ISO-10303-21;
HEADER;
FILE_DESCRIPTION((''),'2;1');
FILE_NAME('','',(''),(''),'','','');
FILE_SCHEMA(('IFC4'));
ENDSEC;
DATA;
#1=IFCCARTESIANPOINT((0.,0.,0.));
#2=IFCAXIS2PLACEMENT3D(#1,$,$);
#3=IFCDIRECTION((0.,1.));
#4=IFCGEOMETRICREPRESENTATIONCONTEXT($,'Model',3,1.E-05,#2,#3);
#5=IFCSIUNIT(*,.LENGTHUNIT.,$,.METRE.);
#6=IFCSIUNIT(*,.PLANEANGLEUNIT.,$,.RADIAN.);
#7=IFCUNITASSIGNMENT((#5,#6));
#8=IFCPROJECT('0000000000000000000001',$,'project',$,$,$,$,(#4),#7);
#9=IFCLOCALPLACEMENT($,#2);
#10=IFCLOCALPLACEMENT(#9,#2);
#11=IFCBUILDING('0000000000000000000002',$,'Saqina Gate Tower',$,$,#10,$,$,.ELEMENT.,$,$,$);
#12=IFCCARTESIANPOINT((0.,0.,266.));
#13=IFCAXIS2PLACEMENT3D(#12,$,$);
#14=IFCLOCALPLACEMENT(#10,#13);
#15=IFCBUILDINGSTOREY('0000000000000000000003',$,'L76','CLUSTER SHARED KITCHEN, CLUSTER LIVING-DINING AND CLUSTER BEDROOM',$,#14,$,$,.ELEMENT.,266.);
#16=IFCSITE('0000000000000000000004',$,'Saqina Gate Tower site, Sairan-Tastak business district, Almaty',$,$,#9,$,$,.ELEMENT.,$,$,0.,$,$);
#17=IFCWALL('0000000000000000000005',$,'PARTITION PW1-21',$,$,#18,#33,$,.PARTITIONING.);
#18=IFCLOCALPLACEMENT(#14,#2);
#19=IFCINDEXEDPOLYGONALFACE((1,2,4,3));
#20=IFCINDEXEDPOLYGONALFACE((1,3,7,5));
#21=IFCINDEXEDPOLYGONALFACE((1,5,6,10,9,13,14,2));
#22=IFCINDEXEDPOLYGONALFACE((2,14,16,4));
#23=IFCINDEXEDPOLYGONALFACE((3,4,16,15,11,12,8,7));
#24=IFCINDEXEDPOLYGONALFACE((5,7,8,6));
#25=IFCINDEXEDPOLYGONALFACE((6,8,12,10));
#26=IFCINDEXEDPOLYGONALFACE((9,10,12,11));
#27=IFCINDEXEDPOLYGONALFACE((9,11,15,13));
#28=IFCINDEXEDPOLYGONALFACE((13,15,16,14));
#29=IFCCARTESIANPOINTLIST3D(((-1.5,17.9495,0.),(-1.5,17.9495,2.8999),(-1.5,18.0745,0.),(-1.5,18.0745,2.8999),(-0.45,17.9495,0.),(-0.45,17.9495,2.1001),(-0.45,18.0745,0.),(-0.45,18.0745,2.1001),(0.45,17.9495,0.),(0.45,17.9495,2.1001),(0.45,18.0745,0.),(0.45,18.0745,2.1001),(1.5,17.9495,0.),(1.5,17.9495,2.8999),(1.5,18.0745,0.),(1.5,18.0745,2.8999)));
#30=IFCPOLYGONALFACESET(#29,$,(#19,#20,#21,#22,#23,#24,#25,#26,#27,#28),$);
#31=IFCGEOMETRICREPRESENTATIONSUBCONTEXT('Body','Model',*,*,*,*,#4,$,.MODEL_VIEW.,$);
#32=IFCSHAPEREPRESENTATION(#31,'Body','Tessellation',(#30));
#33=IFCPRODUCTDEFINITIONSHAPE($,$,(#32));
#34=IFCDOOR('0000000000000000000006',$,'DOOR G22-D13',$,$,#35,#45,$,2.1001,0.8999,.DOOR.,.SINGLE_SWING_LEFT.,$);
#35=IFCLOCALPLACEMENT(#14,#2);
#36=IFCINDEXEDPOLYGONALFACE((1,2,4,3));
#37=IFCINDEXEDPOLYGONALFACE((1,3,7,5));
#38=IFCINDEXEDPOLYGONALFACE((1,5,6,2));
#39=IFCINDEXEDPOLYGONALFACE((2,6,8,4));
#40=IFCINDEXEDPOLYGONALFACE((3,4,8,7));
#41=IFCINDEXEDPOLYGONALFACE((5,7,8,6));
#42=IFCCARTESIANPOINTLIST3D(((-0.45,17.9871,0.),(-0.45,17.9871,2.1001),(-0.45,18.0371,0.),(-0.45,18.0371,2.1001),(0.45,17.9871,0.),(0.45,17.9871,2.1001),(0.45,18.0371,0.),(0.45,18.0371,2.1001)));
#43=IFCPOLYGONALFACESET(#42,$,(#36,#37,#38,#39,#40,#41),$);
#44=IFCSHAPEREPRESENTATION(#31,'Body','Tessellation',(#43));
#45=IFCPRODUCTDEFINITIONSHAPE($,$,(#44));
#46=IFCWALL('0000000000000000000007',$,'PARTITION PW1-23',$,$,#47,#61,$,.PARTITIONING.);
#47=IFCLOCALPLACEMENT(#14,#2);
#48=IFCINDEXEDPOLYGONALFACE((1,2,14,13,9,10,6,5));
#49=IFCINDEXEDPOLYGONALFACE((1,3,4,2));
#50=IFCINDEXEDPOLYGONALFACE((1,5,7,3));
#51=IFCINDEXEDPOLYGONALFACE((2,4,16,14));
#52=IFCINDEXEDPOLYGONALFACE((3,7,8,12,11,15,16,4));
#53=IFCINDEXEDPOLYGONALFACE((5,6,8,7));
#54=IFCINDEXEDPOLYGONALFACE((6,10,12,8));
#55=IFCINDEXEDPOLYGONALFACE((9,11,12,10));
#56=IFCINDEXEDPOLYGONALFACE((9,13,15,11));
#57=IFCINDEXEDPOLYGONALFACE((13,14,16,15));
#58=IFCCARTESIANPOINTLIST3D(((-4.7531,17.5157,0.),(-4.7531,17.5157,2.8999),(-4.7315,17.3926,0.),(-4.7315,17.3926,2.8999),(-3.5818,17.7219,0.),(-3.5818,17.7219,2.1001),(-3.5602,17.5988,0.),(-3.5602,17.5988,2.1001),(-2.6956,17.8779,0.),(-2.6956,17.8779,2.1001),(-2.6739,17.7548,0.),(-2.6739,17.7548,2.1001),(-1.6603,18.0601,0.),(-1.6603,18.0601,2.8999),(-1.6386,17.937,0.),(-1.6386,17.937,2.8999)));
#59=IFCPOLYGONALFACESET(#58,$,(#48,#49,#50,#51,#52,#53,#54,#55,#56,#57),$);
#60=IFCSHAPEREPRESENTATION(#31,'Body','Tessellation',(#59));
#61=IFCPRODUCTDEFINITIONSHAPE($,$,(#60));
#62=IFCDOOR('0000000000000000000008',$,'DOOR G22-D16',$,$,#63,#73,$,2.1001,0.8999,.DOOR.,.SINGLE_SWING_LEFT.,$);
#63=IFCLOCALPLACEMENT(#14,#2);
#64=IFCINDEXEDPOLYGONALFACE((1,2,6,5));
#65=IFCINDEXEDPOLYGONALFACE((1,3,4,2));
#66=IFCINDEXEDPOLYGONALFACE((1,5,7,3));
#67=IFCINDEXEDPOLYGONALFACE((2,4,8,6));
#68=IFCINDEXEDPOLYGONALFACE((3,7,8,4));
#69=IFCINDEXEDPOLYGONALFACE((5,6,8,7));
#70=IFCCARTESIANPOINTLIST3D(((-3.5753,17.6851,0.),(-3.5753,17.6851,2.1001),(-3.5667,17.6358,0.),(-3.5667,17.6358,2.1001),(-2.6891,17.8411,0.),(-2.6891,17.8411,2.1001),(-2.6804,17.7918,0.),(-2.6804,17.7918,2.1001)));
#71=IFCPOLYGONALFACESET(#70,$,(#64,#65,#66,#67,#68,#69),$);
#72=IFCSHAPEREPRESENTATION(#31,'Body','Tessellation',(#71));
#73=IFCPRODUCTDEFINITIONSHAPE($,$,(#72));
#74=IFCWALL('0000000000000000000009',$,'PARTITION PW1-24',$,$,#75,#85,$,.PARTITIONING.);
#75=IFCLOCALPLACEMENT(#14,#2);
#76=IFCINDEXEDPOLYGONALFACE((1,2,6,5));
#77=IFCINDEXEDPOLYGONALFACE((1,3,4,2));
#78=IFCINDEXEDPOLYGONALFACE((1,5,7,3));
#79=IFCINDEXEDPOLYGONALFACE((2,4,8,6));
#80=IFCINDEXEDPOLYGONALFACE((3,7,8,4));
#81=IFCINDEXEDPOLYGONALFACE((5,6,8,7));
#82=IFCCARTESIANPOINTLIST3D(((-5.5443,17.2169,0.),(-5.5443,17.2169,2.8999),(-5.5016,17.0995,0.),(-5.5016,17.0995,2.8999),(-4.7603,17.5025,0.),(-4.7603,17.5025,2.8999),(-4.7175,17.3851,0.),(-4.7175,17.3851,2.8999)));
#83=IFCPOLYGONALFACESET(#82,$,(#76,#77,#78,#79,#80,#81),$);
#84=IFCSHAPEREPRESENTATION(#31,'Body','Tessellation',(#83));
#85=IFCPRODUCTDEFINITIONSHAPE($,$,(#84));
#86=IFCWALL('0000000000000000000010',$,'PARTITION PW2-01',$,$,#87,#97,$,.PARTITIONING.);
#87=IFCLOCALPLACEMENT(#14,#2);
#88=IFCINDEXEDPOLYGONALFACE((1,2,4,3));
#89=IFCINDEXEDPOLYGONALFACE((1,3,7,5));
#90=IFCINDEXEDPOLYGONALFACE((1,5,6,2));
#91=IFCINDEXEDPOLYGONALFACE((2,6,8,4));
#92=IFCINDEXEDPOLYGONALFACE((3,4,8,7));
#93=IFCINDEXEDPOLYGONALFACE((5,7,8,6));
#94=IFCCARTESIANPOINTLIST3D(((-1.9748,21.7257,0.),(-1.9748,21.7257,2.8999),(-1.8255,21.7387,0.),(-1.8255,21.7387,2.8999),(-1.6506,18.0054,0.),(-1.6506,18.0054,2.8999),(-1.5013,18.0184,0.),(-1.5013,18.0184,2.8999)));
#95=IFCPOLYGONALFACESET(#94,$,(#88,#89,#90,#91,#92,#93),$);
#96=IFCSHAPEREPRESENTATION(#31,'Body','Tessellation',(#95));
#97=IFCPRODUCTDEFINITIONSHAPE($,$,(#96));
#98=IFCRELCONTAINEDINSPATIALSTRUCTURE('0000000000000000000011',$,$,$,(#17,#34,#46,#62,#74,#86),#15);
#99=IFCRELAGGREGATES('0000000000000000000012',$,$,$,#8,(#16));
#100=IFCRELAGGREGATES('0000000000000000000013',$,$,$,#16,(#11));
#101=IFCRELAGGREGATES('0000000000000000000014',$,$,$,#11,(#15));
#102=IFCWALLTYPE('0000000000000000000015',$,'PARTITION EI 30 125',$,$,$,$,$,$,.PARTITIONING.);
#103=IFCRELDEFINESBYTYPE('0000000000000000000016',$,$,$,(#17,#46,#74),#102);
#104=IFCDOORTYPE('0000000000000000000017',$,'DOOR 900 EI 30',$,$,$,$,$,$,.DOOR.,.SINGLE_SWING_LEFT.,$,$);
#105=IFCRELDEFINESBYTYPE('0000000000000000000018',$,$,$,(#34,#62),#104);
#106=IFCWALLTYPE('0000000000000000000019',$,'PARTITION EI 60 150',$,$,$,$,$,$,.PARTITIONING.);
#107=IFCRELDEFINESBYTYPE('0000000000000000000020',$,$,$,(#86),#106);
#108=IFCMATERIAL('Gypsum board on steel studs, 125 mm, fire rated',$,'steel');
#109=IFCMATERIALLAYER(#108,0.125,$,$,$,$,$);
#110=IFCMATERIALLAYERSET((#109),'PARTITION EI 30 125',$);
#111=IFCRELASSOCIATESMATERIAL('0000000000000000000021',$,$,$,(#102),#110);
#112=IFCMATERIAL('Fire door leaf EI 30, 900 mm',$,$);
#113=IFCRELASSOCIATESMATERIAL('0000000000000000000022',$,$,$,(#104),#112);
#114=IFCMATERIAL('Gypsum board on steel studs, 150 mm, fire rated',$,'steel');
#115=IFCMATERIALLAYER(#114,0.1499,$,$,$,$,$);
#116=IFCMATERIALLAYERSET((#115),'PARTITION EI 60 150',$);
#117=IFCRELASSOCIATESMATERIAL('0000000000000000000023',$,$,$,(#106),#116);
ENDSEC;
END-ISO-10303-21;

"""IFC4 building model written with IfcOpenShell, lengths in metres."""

from ifc_helpers import new_model, si_unit, direction, frame, frame_2d, origin, place, context, subcontext, project, spatial, rectangle, extrude, material, layer, layer_set, type_object, element, fill, save


model = new_model("IFC4")

# Units and contexts
model_context = context("Model", 3, precision=1e-05, world=origin(), true_north=direction((0.0, 1.0)))
body_context = subcontext(model_context, "Body", "Model", "MODEL_VIEW")
ifc_project = project(units=[si_unit("LENGTHUNIT", "METRE"), si_unit("PLANEANGLEUNIT", "RADIAN")], contexts=[model_context])

# Site, building, storey
site_placement = place(None, origin())
site = spatial("IfcSite", under=ifc_project, at=site_placement, Name="Saqina Gate Tower site, Sairan-Tastak business district, Almaty", CompositionType="ELEMENT", RefElevation=0.0)
building_placement = place(site_placement, origin())
building = spatial("IfcBuilding", under=site, at=building_placement, Name="Saqina Gate Tower", CompositionType="ELEMENT")
storey_placement = place(building_placement, frame((0.0, 0.0, 266.0)))
storey = spatial("IfcBuildingStorey", under=building, at=storey_placement, Name="L76", Description="CLUSTER SHARED KITCHEN, CLUSTER LIVING-DINING AND CLUSTER BEDROOM", CompositionType="ELEMENT", Elevation=266.0)

# Walls, openings, doors
ifc_material_1 = material(Name="Gypsum board on steel studs, 125 mm, fire rated", Category="steel")
ifc_layer_1 = layer(ifc_material_1, 0.125)
ifc_layer_set_1 = layer_set([ifc_layer_1], Name="PARTITION EI 30 125")
wall_type_1 = type_object("IfcWallType", Name="PARTITION EI 30 125", PredefinedType="PARTITIONING", material=ifc_layer_set_1)
wall_1_placement = place(storey_placement, frame((-1.5, 18.012, 0.0), z_axis=(0.0, 0.0, 1.0), x_axis=(1.0, 0.0, 0.0)))
wall_1 = element("IfcWall", 1, at=wall_1_placement, inside=storey, type_object=wall_type_1, Name="PARTITION PW1-21", PredefinedType="PARTITIONING", context=body_context, shape_type="SweptSolid", body=[
    extrude(rectangle(XDim=3.0, YDim=0.125, at=frame_2d((1.5, 0.0))), origin(), (0.0, 0.0, 1.0), 2.8999),
])
opening_1_placement = place(wall_1_placement, frame((1.05, 0.0, 0.0)))
opening_1 = element("IfcOpeningElement", 2, at=opening_1_placement, cuts=wall_1, PredefinedType="OPENING", context=body_context, shape_type="SweptSolid", body=[
    extrude(rectangle(XDim=0.8999, YDim=2.1001, at=frame_2d((0.45, 1.05))), frame((0.0, 0.0745, 0.0), z_axis=(0.0, -1.0, 0.0), x_axis=(1.0, 0.0, 0.0)), (0.0, 0.0, 1.0), 0.1489),
])
ifc_material_2 = material(Name="Fire door leaf EI 30, 900 mm")
door_type_1 = type_object("IfcDoorType", Name="DOOR 900 EI 30", OperationType="SINGLE_SWING_LEFT", PredefinedType="DOOR", material=ifc_material_2)
door_1_placement = place(opening_1_placement, frame((0.8999, 0.0, 0.0), z_axis=(0.0, 0.0, 1.0), x_axis=(-1.0, 0.0, 0.0)))
door_1 = element("IfcDoor", 3, at=door_1_placement, inside=storey, type_object=door_type_1, Name="DOOR G22-D13", OperationType="SINGLE_SWING_LEFT", OverallHeight=2.1001, OverallWidth=0.8999, PredefinedType="DOOR", context=body_context, shape_type="SweptSolid", body=[
    extrude(rectangle(XDim=0.8999, YDim=2.1001, at=frame_2d((0.45, 1.05))), frame((0.0, 0.0249, 0.0), z_axis=(0.0, -1.0, 0.0), x_axis=(1.0, 0.0, 0.0)), (0.0, 0.0, 1.0), 0.05),
])
fill(opening_1, door_1)
wall_2_placement = place(storey_placement, frame((-4.7424, 17.4541, 0.0), z_axis=(0.0, 0.0, 1.0), x_axis=(0.984857, 0.173368, 0.0)))
wall_2 = element("IfcWall", 4, at=wall_2_placement, inside=storey, type_object=wall_type_1, Name="PARTITION PW1-23", PredefinedType="PARTITIONING", context=body_context, shape_type="SweptSolid", body=[
    extrude(rectangle(XDim=3.1404, YDim=0.125, at=frame_2d((1.5703, 0.0))), origin(), (0.0, 0.0, 1.0), 2.8999),
])
opening_2_placement = place(wall_2_placement, frame((1.1895, 0.0, 0.0)))
opening_2 = element("IfcOpeningElement", 5, at=opening_2_placement, cuts=wall_2, PredefinedType="OPENING", context=body_context, shape_type="SweptSolid", body=[
    extrude(rectangle(XDim=0.8999, YDim=2.1001, at=frame_2d((0.45, 1.05))), frame((0.0, 0.0745, 0.0), z_axis=(0.0, -1.0, 0.0), x_axis=(1.0, 0.0, 0.0)), (0.0, 0.0, 1.0), 0.1489),
])
door_2_placement = place(opening_2_placement, frame((0.8999, 0.0, 0.0), z_axis=(0.0, 0.0, 1.0), x_axis=(-1.0, 0.0, 0.0)))
door_2 = element("IfcDoor", 6, at=door_2_placement, inside=storey, type_object=door_type_1, Name="DOOR G22-D16", OperationType="SINGLE_SWING_LEFT", OverallHeight=2.1001, OverallWidth=0.8999, PredefinedType="DOOR", context=body_context, shape_type="SweptSolid", body=[
    extrude(rectangle(XDim=0.8999, YDim=2.1001, at=frame_2d((0.45, 1.05))), frame((0.0, 0.0249, 0.0), z_axis=(0.0, -1.0, 0.0), x_axis=(1.0, 0.0, 0.0)), (0.0, 0.0, 1.0), 0.05),
])
fill(opening_2, door_2)

# Walls
wall_3_placement = place(storey_placement, frame((-5.5229, 17.1582, 0.0), z_axis=(0.0, 0.0, 1.0), x_axis=(0.939605, 0.34226, 0.0)))
element("IfcWall", 7, at=wall_3_placement, inside=storey, type_object=wall_type_1, Name="PARTITION PW1-24", PredefinedType="PARTITIONING", context=body_context, shape_type="SweptSolid", body=[
    extrude(rectangle(XDim=0.8345, YDim=0.125, at=frame_2d((0.4172, 0.0))), origin(), (0.0, 0.0, 1.0), 2.8999),
])
ifc_material_3 = material(Name="Gypsum board on steel studs, 150 mm, fire rated", Category="steel")
ifc_layer_2 = layer(ifc_material_3, 0.1499)
ifc_layer_set_2 = layer_set([ifc_layer_2], Name="PARTITION EI 60 150")
wall_type_2 = type_object("IfcWallType", Name="PARTITION EI 60 150", PredefinedType="PARTITIONING", material=ifc_layer_set_2)
wall_4_placement = place(storey_placement, frame((-1.9001, 21.7322, 0.0), z_axis=(0.0, 0.0, 1.0), x_axis=(0.086821, -0.996224, 0.0)))
element("IfcWall", 8, at=wall_4_placement, inside=storey, type_object=wall_type_2, Name="PARTITION PW2-01", PredefinedType="PARTITIONING", context=body_context, shape_type="SweptSolid", body=[
    extrude(rectangle(XDim=3.7344, YDim=0.1499, at=frame_2d((1.8672, 0.0))), origin(), (0.0, 0.0, 1.0), 2.8999),
])

save(model, "model.ifc")
